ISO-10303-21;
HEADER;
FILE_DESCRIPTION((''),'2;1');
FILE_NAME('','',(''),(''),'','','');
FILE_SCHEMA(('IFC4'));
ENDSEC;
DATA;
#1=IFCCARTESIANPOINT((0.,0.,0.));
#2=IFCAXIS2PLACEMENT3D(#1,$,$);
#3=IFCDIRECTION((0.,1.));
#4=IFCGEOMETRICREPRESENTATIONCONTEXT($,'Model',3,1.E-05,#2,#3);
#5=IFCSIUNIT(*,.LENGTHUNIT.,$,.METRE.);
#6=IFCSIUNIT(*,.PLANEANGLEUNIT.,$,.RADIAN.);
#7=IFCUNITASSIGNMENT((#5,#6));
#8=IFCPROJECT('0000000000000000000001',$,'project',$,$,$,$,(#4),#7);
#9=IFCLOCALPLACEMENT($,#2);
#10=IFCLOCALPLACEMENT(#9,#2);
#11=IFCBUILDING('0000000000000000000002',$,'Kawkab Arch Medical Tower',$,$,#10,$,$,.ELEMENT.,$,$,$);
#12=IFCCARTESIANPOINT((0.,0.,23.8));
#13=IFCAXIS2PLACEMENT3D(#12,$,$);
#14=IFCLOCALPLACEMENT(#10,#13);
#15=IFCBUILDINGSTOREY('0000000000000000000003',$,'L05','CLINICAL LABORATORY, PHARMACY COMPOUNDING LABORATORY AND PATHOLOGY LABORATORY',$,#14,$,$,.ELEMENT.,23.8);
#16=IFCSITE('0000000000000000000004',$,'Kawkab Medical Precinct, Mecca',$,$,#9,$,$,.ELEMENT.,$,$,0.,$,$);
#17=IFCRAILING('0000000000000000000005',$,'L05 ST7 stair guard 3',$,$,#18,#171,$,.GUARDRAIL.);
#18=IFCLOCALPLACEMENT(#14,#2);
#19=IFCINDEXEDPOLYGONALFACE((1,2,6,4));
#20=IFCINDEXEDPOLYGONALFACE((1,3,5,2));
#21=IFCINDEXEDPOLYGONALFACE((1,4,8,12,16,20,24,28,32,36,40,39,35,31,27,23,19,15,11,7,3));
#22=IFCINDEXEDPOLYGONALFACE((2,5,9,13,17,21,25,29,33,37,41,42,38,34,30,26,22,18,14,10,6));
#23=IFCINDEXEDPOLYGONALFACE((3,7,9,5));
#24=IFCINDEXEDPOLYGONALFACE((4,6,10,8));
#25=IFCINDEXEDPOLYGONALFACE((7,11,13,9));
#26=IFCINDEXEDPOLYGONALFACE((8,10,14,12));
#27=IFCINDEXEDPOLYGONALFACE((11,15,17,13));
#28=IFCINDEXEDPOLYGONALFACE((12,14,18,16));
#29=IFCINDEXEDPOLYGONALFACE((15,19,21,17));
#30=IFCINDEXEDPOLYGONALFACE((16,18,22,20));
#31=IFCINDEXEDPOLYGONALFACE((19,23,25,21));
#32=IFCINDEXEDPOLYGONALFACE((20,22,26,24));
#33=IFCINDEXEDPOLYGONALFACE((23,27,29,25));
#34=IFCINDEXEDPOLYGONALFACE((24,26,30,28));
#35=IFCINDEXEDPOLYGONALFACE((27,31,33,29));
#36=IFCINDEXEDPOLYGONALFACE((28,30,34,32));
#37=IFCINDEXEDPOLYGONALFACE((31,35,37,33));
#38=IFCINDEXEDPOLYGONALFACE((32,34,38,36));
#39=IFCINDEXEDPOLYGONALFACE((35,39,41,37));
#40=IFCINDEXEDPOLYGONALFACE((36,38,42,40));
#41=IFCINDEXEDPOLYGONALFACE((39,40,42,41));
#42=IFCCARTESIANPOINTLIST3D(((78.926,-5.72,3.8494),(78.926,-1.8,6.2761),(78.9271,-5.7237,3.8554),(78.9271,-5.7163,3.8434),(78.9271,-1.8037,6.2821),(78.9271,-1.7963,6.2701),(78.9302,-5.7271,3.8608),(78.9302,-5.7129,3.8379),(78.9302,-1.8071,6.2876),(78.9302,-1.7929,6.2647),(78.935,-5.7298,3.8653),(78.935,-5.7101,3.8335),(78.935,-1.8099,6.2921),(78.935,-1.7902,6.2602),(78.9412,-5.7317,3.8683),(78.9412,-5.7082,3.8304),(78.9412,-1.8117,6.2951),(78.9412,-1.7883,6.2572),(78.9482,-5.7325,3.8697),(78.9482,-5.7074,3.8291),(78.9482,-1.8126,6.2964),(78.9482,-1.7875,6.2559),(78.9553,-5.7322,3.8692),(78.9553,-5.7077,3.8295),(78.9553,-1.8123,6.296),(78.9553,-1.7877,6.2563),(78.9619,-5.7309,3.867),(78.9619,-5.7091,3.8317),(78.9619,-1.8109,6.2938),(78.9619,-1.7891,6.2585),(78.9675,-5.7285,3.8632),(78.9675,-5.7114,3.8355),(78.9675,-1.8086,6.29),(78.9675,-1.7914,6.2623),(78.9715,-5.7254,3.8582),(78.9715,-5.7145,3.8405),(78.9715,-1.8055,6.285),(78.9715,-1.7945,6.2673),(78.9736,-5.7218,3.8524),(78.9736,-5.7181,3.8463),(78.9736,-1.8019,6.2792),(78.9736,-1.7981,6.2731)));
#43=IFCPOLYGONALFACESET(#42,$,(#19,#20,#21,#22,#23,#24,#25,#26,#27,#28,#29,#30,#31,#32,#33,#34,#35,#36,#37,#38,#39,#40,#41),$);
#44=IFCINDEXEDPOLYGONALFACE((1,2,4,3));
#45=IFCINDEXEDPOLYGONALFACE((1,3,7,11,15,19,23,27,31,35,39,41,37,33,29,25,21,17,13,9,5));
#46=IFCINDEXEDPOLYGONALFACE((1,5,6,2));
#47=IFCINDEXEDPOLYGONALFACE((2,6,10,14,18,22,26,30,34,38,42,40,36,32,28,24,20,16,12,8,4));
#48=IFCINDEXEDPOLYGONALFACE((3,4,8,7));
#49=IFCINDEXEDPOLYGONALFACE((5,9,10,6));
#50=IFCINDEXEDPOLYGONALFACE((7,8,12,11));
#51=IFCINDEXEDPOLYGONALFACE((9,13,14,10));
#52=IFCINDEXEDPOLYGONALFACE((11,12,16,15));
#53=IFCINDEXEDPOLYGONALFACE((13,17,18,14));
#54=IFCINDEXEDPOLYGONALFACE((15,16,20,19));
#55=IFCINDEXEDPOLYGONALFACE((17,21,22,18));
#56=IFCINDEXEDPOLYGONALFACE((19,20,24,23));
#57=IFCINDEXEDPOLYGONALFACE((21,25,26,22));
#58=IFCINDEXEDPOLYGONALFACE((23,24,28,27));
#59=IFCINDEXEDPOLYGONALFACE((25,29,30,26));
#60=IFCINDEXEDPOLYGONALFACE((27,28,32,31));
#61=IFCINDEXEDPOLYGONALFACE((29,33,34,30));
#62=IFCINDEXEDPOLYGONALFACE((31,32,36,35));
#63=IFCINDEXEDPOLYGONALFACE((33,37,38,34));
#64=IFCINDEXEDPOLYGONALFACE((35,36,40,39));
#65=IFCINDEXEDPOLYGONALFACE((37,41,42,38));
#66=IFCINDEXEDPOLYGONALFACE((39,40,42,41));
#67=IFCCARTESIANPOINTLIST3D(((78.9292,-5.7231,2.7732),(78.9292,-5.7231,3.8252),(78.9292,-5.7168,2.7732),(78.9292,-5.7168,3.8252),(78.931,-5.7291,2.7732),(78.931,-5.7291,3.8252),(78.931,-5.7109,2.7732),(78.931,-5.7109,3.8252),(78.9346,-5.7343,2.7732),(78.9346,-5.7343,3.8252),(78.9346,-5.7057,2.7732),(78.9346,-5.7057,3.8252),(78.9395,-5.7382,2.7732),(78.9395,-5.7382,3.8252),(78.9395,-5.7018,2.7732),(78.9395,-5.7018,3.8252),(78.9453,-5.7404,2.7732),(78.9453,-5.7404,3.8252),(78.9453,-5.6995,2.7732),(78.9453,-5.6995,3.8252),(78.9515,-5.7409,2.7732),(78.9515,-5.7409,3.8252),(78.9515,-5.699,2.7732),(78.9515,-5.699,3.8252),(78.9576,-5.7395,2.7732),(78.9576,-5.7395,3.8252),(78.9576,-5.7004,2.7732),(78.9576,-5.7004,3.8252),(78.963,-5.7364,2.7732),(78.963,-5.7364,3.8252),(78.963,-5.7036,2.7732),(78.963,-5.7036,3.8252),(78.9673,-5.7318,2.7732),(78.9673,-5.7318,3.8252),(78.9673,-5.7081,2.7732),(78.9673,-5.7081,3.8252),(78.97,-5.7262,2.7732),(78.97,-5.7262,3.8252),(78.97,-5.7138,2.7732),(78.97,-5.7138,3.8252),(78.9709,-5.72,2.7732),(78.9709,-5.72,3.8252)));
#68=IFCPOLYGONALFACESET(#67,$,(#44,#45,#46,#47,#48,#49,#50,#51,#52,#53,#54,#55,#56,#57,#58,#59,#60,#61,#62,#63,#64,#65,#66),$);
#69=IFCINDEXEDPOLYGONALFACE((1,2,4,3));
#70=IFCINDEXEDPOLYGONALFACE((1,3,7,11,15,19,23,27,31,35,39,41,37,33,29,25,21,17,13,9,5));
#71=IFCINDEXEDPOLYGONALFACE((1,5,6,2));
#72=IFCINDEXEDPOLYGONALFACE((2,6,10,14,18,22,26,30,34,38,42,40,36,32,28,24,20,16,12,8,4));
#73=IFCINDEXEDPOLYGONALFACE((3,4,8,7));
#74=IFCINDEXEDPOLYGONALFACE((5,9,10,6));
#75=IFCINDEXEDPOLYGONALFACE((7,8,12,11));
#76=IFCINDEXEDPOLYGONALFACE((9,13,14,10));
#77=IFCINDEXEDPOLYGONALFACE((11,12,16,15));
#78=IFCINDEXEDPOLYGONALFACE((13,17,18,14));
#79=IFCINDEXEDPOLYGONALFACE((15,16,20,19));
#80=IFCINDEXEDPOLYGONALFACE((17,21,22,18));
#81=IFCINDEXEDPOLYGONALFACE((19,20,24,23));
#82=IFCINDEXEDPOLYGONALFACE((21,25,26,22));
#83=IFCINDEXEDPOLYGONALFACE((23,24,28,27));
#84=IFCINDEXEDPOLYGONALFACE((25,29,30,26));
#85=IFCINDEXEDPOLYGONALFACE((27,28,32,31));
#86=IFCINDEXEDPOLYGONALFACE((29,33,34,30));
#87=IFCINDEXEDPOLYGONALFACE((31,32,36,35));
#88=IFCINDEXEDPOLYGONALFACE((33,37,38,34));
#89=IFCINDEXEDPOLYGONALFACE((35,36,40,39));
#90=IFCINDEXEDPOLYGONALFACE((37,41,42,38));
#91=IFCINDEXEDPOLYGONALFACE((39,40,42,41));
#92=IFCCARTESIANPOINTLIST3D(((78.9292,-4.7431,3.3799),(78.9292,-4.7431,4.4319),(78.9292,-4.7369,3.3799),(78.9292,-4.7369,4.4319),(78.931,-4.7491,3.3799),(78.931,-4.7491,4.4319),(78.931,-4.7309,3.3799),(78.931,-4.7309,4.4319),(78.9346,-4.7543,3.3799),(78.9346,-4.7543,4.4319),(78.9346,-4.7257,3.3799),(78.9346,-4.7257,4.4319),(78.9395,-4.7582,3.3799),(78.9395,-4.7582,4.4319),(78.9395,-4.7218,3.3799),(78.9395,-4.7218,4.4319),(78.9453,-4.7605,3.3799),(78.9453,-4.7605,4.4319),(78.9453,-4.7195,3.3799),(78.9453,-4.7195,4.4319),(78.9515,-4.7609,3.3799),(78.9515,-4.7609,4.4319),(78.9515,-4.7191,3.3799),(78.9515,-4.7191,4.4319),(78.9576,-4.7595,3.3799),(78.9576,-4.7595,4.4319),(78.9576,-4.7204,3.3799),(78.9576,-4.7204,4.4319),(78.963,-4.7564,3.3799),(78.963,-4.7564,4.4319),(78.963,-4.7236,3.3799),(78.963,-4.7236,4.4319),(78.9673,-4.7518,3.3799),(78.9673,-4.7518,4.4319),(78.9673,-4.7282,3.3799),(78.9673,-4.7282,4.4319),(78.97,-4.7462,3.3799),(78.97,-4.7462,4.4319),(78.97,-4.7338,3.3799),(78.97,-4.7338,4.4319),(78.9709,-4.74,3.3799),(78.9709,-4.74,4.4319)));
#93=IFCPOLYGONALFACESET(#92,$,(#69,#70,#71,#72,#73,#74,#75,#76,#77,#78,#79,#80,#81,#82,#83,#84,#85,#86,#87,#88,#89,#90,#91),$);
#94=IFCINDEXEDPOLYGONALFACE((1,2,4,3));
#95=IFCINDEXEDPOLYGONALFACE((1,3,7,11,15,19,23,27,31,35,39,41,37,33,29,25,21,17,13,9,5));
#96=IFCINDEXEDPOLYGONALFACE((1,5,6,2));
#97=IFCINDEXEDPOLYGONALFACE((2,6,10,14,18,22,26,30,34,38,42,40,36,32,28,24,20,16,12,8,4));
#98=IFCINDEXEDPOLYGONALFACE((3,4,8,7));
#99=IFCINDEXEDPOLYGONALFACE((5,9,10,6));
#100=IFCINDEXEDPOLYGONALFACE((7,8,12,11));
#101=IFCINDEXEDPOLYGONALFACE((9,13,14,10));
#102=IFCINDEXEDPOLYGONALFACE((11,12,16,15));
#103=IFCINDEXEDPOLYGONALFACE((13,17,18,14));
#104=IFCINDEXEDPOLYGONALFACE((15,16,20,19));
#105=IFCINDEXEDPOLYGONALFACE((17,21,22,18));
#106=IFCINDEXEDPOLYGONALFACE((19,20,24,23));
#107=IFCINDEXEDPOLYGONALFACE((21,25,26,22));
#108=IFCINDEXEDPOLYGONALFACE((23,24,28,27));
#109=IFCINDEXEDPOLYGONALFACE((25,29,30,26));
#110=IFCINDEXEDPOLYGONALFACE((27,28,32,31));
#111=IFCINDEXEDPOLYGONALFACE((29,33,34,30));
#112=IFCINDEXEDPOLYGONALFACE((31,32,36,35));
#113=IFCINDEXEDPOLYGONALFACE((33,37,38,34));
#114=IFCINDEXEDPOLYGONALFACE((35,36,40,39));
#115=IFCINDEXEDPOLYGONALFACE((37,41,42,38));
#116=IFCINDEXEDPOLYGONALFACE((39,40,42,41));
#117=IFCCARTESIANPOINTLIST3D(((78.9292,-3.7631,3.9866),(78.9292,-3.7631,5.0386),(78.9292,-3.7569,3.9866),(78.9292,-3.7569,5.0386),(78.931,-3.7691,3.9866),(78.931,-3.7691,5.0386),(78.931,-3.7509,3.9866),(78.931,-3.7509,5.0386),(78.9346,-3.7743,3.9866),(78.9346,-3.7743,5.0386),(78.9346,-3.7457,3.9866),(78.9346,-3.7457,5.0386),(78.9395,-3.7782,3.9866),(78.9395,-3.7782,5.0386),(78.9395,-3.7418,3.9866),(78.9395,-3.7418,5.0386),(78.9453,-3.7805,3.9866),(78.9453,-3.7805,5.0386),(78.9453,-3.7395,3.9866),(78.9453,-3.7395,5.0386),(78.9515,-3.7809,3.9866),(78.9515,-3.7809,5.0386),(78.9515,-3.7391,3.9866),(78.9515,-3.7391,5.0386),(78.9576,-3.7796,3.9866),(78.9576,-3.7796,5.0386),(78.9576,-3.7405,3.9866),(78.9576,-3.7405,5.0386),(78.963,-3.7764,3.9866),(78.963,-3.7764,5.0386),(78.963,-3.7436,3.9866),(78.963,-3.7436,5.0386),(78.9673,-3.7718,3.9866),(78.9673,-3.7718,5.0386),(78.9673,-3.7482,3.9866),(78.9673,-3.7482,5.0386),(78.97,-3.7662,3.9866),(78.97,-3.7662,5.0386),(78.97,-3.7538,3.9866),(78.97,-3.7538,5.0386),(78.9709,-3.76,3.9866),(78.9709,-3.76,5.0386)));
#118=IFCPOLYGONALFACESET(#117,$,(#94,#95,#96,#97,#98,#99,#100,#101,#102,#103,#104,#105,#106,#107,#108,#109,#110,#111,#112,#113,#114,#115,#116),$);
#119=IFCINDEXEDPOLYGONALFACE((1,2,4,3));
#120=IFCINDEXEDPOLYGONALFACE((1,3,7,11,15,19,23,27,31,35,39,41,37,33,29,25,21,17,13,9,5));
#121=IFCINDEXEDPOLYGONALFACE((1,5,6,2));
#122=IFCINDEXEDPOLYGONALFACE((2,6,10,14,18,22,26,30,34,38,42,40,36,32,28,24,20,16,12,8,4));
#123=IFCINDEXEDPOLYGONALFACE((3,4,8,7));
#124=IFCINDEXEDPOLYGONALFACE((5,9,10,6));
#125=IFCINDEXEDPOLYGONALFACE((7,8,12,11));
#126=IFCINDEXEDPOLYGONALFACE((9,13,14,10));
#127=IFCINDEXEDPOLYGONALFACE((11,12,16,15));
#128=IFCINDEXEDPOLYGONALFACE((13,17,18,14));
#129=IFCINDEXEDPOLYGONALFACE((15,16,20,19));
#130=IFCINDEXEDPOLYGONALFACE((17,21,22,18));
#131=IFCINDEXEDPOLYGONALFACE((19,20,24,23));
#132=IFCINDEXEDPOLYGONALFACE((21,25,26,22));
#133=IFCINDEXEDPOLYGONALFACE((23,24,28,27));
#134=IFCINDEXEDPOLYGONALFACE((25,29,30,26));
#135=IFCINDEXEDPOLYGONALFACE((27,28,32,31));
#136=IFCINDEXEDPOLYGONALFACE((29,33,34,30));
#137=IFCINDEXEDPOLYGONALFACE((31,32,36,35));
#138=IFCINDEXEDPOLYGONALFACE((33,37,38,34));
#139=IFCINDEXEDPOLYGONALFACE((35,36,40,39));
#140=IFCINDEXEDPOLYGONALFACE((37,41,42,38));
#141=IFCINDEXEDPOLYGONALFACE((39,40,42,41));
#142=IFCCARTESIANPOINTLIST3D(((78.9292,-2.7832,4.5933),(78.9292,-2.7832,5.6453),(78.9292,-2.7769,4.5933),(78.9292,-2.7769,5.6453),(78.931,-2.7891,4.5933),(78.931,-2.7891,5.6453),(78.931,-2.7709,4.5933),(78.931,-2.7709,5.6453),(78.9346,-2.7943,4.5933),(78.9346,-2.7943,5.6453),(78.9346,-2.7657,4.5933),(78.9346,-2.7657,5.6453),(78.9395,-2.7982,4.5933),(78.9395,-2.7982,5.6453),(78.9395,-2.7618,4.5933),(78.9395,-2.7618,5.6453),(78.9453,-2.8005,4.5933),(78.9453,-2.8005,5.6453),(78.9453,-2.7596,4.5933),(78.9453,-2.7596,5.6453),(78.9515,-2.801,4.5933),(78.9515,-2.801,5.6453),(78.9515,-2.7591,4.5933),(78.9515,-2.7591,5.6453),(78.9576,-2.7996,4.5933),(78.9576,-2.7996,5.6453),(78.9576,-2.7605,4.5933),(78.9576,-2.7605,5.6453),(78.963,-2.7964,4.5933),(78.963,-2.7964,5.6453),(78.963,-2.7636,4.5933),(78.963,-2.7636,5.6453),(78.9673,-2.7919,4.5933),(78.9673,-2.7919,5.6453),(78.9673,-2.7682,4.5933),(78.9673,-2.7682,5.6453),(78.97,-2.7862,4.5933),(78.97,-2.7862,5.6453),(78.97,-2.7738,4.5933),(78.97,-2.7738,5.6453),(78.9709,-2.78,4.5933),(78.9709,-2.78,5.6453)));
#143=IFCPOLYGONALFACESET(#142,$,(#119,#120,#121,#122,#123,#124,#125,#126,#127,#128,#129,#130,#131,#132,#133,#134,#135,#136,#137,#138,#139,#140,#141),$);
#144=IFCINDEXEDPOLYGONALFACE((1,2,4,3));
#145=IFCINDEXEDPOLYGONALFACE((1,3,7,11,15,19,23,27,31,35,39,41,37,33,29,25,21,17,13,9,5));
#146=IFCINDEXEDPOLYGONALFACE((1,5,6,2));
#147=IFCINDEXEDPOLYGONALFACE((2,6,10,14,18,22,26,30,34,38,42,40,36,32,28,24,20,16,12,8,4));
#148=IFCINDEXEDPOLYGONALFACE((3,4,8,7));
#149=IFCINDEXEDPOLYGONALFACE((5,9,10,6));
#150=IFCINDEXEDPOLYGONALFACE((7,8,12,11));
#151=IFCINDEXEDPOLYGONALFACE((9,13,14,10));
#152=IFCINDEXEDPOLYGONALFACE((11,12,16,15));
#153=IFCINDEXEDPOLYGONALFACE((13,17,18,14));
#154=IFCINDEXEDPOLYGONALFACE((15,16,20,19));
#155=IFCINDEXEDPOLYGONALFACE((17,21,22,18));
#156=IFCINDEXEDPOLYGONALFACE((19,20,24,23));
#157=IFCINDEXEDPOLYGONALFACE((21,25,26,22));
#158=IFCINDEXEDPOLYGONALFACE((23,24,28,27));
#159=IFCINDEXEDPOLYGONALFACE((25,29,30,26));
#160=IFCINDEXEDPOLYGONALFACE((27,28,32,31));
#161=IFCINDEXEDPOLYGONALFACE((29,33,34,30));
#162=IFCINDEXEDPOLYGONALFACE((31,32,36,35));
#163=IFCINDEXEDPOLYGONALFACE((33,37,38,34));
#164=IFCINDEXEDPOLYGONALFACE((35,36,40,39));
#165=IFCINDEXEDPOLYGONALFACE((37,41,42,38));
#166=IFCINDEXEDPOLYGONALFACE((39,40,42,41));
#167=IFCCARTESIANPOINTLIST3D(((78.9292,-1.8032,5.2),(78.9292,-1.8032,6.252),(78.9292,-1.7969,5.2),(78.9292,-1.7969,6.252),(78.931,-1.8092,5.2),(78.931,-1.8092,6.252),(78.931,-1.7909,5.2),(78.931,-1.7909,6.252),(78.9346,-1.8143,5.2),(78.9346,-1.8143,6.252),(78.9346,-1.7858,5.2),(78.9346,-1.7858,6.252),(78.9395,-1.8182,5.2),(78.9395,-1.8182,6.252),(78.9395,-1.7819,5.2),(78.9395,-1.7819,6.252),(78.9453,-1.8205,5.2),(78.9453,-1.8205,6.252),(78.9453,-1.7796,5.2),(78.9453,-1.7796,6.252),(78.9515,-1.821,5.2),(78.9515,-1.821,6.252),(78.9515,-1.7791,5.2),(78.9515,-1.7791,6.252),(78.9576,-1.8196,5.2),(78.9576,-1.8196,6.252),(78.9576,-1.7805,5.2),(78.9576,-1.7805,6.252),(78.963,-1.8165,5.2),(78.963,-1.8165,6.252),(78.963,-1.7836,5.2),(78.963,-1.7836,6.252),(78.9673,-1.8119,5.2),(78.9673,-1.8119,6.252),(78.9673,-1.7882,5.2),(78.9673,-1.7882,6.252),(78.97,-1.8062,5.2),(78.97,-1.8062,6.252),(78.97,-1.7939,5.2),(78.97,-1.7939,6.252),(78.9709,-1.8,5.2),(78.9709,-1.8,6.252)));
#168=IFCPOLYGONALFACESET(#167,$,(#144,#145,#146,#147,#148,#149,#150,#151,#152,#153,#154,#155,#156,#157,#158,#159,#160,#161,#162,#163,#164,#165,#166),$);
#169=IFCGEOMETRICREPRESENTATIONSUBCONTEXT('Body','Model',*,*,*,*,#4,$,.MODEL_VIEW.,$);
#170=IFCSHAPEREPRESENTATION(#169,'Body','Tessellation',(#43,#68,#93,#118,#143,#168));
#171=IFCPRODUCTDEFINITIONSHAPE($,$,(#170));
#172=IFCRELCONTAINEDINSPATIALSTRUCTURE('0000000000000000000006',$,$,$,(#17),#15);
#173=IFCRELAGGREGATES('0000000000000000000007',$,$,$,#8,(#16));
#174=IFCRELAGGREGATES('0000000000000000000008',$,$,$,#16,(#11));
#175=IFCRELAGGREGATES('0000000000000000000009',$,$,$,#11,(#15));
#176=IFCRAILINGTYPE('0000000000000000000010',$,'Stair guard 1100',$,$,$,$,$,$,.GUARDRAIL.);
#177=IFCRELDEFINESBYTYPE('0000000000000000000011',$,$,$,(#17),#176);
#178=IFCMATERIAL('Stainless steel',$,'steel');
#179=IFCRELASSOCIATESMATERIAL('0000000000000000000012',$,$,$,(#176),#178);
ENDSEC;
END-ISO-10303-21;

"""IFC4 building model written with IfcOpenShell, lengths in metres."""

from ifc_helpers import new_model, si_unit, direction, frame, origin, origin_2d, place, context, subcontext, project, spatial, circle, extrude, material, type_object, element, save


model = new_model("IFC4")

# Units and contexts
model_context = context("Model", 3, precision=1e-05, world=origin(), true_north=direction((0.0, 1.0)))
body_context = subcontext(model_context, "Body", "Model", "MODEL_VIEW")
ifc_project = project(units=[si_unit("LENGTHUNIT", "METRE"), si_unit("PLANEANGLEUNIT", "RADIAN")], contexts=[model_context])

# Site, building, storey
site_placement = place(None, origin())
site = spatial("IfcSite", under=ifc_project, at=site_placement, Name="Kawkab Medical Precinct, Mecca", CompositionType="ELEMENT", RefElevation=0.0)
building_placement = place(site_placement, origin())
building = spatial("IfcBuilding", under=site, at=building_placement, Name="Kawkab Arch Medical Tower", CompositionType="ELEMENT")
storey_placement = place(building_placement, frame((0.0, 0.0, 23.8)))
storey = spatial("IfcBuildingStorey", under=building, at=storey_placement, Name="L05", Description="CLINICAL LABORATORY, PHARMACY COMPOUNDING LABORATORY AND PATHOLOGY LABORATORY", CompositionType="ELEMENT", Elevation=23.8)

# Railing
ifc_material_1 = material(Name="Stainless steel", Category="steel")
railing_type = type_object("IfcRailingType", Name="Stair guard 1100", PredefinedType="GUARDRAIL", material=ifc_material_1)
railing_1_placement = place(storey_placement, frame((78.95, -5.72, 2.7732)))
element("IfcRailing", 1, at=railing_1_placement, inside=storey, type_object=railing_type, Name="L05 ST7 stair guard 3", PredefinedType="GUARDRAIL", context=body_context, shape_type="SweptSolid", body=[
    extrude(circle(Radius=0.0239, at=origin_2d()), frame((0.0, 0.0, 1.0762), z_axis=(0.0, 0.850252, 0.526376), x_axis=(-1.0, 0.0, 0.0)), (0.0, 0.0, 1.0), 4.6104),
    extrude(circle(Radius=0.021, at=origin_2d()), origin(), (0.0, 0.0, 1.0), 1.052),
    extrude(circle(Radius=0.021, at=origin_2d()), frame((0.0, 0.98, 0.6067)), (0.0, 0.0, 1.0), 1.052),
    extrude(circle(Radius=0.021, at=origin_2d()), frame((0.0, 1.96, 1.2134)), (0.0, 0.0, 1.0), 1.052),
    extrude(circle(Radius=0.021, at=origin_2d()), frame((0.0, 2.9399, 1.8201)), (0.0, 0.0, 1.0), 1.052),
    extrude(circle(Radius=0.021, at=origin_2d()), frame((0.0, 3.9199, 2.4268)), (0.0, 0.0, 1.0), 1.052),
])

save(model, "model.ifc")
